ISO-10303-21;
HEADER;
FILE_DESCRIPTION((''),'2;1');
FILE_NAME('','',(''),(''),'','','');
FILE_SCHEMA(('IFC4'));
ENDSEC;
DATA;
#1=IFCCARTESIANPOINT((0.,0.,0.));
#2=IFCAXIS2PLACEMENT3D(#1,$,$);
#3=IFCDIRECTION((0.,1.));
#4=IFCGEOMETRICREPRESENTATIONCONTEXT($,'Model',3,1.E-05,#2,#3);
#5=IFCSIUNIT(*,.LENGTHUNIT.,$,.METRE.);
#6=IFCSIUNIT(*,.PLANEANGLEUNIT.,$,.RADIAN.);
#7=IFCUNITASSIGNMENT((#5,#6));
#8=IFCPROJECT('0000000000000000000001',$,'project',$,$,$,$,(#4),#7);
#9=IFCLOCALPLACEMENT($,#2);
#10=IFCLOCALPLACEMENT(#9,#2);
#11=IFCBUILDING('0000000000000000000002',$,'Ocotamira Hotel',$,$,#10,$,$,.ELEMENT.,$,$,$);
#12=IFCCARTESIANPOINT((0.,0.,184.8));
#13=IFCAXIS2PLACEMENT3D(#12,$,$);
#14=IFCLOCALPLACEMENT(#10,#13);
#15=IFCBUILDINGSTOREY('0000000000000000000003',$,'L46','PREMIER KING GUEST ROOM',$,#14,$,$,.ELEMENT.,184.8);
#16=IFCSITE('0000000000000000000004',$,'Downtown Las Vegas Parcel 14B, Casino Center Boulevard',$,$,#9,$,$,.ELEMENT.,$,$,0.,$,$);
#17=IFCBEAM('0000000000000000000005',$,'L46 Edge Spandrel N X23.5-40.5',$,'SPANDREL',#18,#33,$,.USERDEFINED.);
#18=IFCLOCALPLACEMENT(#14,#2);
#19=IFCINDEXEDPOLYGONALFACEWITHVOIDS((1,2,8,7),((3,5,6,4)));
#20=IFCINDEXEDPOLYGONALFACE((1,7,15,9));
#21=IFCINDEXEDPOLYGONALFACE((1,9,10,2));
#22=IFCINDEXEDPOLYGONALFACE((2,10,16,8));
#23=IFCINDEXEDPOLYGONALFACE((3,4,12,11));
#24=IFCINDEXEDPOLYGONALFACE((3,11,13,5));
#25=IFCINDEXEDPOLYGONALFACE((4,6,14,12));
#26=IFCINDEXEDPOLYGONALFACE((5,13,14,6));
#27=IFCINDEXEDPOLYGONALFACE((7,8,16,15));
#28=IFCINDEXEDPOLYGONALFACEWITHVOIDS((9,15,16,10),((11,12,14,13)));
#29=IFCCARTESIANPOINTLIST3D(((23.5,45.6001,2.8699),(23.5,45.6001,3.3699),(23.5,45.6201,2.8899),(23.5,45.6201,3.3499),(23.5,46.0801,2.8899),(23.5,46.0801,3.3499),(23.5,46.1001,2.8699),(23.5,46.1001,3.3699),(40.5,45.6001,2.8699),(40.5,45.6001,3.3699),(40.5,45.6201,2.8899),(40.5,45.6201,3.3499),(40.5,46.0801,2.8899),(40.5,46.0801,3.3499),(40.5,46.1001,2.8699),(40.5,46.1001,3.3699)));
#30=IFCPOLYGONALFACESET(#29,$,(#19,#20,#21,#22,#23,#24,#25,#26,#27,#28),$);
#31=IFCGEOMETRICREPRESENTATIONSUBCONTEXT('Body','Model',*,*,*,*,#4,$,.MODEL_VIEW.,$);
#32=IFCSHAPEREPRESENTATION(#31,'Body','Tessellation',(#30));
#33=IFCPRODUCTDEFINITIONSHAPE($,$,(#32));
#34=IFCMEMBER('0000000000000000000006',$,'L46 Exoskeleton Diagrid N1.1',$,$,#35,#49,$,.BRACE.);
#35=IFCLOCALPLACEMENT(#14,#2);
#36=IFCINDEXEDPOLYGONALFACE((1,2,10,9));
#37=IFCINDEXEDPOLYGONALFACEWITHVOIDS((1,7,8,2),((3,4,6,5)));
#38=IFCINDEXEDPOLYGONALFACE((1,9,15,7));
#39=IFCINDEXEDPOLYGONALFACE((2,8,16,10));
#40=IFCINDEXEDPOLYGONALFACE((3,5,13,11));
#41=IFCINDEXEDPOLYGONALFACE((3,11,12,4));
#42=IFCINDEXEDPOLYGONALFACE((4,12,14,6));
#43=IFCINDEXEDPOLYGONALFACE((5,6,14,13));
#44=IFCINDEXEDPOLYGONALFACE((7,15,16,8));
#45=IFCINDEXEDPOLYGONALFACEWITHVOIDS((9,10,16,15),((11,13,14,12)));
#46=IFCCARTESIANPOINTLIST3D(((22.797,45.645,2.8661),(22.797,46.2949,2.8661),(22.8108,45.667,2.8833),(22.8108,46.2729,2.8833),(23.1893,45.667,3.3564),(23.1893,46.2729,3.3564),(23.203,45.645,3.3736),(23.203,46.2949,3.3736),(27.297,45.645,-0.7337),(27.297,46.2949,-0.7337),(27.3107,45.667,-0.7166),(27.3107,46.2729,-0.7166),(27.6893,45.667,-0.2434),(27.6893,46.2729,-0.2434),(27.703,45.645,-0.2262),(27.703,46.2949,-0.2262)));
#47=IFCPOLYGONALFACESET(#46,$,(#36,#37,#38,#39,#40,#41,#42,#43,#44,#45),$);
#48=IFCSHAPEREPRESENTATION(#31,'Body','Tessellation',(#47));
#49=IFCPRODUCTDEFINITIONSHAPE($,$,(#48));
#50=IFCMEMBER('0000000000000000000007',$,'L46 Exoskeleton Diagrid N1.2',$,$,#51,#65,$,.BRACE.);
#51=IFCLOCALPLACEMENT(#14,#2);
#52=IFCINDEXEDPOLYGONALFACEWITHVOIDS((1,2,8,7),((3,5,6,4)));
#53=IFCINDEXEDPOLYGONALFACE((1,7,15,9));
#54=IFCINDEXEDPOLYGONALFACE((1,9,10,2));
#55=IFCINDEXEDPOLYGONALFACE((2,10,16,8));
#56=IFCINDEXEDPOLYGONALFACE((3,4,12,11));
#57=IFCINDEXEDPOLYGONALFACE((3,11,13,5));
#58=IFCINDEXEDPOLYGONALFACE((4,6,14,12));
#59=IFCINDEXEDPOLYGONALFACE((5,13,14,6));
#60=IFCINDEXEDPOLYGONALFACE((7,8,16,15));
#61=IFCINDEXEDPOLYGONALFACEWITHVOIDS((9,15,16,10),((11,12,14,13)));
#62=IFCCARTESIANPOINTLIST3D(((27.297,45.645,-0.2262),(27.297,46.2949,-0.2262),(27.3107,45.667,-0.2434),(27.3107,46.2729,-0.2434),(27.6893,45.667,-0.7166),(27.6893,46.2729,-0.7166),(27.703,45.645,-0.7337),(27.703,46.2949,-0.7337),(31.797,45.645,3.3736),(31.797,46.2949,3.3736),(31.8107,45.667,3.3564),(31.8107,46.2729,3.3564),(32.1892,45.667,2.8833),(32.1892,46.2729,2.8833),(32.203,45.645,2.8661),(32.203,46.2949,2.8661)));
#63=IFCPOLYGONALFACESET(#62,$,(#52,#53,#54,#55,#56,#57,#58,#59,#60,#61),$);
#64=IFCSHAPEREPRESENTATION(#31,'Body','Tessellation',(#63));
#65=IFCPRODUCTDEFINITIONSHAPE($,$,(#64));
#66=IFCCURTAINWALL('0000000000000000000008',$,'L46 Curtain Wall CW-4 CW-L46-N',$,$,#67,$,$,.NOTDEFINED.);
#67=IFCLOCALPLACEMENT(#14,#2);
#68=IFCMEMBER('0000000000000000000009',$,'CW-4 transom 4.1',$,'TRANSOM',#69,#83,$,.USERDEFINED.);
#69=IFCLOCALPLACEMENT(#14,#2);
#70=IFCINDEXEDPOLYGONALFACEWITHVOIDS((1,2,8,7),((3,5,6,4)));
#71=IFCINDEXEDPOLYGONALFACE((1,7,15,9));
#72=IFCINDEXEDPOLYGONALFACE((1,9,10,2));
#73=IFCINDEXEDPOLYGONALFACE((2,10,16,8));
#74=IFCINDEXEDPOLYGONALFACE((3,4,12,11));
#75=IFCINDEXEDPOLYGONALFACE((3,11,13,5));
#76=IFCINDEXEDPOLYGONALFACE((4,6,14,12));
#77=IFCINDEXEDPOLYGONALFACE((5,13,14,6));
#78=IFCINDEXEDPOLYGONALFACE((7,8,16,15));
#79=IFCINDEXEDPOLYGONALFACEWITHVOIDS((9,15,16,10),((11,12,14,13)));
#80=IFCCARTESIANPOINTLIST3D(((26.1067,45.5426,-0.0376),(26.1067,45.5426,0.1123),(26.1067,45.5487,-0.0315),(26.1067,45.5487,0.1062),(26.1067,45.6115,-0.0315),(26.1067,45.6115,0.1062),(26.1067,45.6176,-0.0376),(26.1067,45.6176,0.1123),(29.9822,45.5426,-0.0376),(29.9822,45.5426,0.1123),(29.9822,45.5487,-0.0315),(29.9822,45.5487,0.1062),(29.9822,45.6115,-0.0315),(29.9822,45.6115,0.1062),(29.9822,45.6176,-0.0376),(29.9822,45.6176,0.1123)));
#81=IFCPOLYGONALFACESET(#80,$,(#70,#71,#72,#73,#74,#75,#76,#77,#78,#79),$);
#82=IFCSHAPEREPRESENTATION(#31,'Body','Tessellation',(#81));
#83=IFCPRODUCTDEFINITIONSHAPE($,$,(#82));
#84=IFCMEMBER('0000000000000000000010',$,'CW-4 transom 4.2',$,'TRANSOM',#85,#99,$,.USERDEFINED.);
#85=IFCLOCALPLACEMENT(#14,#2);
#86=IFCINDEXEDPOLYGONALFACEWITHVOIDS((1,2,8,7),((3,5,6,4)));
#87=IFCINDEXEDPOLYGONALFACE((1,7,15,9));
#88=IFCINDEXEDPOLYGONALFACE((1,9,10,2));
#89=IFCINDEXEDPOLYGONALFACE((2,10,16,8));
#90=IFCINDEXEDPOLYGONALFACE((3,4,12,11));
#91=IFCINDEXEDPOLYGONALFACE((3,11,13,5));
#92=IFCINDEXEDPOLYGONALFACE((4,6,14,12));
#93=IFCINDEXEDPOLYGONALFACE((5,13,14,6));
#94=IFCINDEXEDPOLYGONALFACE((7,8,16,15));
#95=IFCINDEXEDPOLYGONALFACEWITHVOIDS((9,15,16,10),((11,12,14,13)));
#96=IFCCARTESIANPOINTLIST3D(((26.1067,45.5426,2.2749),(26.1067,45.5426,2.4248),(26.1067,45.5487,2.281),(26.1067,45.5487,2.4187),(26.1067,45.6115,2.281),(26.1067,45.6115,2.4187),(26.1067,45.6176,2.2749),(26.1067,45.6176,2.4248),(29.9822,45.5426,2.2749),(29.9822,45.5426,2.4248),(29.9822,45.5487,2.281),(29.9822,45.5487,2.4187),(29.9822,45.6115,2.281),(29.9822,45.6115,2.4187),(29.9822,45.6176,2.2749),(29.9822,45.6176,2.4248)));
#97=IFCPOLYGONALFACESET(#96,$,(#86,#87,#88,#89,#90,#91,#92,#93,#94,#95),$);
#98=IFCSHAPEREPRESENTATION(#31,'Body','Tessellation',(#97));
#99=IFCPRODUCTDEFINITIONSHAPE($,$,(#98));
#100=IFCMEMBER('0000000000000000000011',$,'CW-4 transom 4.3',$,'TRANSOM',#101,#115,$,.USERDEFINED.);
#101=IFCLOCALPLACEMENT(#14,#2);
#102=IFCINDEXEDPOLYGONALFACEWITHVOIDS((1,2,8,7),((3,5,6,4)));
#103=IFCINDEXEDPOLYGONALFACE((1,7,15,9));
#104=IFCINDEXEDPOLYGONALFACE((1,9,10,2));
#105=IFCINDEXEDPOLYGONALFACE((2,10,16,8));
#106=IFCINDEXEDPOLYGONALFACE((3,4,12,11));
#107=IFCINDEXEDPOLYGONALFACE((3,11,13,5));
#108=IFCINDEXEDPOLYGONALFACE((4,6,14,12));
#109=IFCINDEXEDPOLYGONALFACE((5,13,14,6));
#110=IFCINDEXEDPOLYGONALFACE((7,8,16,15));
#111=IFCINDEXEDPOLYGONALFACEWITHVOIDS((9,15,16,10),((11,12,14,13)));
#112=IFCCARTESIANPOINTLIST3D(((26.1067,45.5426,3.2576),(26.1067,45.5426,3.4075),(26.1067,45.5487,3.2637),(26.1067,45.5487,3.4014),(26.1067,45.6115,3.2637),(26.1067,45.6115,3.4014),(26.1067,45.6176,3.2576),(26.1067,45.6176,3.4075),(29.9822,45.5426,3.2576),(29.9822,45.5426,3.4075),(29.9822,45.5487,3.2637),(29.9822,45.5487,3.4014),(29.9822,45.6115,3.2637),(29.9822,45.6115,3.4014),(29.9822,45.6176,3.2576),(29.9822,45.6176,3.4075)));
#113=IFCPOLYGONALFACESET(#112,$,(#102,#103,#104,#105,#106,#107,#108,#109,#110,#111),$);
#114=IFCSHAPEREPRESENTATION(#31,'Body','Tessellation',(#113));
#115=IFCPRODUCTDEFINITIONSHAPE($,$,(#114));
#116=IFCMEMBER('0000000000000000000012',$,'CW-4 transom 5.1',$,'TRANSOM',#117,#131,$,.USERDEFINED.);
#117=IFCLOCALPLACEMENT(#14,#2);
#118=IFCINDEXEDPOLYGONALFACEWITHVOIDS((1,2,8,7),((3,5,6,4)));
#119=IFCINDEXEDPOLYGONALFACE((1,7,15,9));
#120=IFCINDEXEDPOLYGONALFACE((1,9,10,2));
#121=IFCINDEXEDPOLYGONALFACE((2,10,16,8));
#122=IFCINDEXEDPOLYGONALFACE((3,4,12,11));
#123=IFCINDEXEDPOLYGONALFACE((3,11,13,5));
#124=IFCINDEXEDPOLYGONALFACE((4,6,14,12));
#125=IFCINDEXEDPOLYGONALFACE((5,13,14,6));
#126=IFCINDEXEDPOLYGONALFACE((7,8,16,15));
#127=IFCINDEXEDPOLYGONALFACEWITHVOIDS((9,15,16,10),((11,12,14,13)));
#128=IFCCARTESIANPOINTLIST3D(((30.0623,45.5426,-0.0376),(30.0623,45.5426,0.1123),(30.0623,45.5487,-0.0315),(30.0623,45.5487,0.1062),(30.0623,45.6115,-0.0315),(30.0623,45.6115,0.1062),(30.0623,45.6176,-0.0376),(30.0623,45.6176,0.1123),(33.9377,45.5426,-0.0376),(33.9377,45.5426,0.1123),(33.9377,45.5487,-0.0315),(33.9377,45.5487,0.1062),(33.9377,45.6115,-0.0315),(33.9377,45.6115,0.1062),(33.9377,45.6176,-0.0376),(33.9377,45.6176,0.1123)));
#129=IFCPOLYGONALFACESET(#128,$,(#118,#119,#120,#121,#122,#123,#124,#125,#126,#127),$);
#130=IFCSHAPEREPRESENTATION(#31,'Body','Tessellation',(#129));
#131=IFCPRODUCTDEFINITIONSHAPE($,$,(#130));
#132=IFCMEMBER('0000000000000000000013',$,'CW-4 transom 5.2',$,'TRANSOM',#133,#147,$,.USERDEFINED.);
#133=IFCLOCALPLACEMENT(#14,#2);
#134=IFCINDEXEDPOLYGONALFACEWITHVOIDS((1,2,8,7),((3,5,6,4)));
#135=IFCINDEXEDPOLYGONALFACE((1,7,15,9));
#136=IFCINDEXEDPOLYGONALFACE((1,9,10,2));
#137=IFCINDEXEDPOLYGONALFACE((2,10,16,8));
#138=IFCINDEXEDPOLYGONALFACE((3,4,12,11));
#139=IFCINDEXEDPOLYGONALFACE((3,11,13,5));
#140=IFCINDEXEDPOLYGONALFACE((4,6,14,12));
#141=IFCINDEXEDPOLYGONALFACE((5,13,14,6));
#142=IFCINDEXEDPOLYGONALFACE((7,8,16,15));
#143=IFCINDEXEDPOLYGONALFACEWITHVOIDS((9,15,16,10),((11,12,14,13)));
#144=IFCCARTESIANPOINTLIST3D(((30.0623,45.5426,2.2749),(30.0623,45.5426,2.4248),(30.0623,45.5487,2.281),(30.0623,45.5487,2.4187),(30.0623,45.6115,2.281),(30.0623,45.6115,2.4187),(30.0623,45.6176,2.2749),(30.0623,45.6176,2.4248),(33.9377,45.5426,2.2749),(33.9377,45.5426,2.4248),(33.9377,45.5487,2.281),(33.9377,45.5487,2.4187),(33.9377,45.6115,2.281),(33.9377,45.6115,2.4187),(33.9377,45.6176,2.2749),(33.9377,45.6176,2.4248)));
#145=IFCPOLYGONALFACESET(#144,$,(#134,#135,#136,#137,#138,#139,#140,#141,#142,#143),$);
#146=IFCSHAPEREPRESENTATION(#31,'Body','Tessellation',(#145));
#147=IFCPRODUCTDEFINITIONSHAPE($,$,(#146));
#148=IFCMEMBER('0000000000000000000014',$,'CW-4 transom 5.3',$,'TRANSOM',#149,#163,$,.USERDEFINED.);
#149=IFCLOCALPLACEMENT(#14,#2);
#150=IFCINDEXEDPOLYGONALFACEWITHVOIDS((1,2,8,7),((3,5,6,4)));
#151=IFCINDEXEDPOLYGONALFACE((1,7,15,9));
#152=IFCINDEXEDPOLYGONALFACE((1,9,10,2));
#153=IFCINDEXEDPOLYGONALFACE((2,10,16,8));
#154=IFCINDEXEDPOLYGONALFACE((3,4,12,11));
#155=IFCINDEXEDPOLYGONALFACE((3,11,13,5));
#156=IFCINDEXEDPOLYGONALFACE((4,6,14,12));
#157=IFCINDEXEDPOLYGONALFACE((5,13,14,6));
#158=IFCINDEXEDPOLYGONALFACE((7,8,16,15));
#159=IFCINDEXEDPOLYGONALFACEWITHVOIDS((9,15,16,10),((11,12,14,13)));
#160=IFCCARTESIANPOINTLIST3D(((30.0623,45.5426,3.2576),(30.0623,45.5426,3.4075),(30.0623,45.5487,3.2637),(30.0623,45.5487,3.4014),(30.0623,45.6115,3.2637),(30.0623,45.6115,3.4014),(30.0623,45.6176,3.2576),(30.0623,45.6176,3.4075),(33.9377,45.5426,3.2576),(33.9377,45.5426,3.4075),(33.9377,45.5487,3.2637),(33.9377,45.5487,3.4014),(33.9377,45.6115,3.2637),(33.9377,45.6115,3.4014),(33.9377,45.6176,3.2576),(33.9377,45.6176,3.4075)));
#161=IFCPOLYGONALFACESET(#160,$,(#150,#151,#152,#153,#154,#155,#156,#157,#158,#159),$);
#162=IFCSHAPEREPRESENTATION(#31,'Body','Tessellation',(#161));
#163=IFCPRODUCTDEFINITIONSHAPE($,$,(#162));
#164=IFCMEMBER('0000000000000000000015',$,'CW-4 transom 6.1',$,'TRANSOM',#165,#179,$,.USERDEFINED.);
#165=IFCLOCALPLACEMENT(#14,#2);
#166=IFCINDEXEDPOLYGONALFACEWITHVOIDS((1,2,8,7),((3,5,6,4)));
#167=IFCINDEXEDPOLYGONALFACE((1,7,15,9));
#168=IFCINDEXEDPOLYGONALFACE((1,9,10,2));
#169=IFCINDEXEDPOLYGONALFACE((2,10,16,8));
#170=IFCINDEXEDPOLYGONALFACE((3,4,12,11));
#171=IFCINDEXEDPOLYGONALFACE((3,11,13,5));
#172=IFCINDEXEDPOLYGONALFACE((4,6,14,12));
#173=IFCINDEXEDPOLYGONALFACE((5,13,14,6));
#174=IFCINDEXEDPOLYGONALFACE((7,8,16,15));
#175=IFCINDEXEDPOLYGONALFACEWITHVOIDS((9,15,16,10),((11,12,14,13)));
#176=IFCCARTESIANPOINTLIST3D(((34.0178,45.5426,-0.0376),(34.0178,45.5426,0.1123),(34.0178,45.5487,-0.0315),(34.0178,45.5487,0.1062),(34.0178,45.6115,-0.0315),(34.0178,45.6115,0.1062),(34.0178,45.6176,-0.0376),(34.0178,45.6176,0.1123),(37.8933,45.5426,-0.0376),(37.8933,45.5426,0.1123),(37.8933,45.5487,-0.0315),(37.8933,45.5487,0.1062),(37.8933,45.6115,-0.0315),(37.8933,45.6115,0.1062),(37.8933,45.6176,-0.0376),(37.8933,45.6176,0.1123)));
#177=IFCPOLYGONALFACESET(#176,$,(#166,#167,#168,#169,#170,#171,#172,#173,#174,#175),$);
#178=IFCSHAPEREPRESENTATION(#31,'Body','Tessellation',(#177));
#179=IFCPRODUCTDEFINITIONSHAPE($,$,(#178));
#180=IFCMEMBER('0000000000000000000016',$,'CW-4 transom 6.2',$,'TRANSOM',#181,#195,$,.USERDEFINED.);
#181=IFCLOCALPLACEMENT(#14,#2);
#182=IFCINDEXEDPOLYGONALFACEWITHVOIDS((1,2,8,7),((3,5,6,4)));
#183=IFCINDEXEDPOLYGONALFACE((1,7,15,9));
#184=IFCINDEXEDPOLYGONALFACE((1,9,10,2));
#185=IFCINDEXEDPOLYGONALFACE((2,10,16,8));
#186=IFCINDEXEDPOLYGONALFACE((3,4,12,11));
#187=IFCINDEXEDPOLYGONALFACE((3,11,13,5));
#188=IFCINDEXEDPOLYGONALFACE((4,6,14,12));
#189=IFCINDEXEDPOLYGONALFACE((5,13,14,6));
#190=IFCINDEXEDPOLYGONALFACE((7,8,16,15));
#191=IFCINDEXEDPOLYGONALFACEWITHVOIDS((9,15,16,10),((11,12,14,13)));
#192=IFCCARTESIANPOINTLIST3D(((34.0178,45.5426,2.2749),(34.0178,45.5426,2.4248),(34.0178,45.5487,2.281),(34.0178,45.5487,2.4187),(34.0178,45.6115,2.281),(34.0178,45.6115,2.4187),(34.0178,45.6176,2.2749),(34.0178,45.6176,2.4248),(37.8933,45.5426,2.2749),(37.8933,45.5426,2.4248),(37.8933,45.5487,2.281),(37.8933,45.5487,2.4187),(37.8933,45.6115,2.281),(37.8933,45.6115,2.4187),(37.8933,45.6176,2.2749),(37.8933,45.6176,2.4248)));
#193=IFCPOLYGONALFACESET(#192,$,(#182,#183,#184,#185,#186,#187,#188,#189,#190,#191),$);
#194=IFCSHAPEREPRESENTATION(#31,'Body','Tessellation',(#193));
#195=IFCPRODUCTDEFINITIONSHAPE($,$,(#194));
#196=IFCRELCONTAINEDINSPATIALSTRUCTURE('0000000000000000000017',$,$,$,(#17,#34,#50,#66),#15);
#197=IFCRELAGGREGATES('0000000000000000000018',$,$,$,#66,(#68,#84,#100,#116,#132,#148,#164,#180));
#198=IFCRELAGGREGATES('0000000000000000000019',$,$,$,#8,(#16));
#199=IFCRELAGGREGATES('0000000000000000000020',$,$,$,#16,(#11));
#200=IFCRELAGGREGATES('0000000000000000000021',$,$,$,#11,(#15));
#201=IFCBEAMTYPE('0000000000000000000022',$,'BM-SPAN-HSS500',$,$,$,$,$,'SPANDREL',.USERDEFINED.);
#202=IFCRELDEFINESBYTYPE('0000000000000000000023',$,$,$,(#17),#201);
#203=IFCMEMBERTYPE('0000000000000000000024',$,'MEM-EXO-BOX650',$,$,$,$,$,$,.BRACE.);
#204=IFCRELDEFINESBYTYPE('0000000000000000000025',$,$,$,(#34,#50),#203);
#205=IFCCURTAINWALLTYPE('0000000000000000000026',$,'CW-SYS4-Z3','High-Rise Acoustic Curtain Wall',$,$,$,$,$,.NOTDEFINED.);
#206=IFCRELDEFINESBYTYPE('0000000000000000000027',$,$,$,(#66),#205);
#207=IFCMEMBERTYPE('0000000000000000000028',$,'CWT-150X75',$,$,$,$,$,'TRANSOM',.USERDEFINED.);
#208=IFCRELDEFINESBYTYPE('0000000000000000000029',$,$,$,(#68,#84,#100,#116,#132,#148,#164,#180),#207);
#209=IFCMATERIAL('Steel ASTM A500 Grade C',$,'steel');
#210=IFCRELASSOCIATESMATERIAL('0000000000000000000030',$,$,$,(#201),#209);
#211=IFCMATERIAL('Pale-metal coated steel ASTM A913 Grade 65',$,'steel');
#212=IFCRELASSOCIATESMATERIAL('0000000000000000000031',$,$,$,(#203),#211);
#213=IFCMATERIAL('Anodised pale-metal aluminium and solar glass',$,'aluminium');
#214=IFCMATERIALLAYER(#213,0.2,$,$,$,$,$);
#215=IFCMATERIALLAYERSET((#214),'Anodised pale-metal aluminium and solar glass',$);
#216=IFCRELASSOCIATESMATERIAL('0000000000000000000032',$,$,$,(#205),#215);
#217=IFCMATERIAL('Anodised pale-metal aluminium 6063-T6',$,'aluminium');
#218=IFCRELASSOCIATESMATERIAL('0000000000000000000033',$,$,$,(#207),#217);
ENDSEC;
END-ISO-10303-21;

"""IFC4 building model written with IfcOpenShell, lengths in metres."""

from ifc_helpers import new_model, si_unit, direction, frame, origin, origin_2d, place, context, subcontext, project, spatial, hollow_rectangle, extrude, source, transform, mapped, material, layer, layer_set, material_profile, profile_set, type_object, element, aggregate, save


model = new_model("IFC4")

# Units and contexts
model_context = context("Model", 3, precision=1e-05, world=origin(), true_north=direction((0.0, 1.0)))
body_context = subcontext(model_context, "Body", "Model", "MODEL_VIEW")
ifc_project = project(units=[si_unit("LENGTHUNIT", "METRE"), si_unit("PLANEANGLEUNIT", "RADIAN")], contexts=[model_context])

# Site, building, storey
site_placement = place(None, origin())
site = spatial("IfcSite", under=ifc_project, at=site_placement, Name="Downtown Las Vegas Parcel 14B, Casino Center Boulevard", CompositionType="ELEMENT", RefElevation=0.0)
building_placement = place(site_placement, origin())
building = spatial("IfcBuilding", under=site, at=building_placement, Name="Ocotamira Hotel", CompositionType="ELEMENT")
storey_placement = place(building_placement, frame((0.0, 0.0, 184.8)))
storey = spatial("IfcBuildingStorey", under=building, at=storey_placement, Name="L46", Description="PREMIER KING GUEST ROOM", CompositionType="ELEMENT", Elevation=184.8)

# Beam
ifc_material_1 = material(Name="Steel ASTM A500 Grade C", Category="steel")
ifc_material_profile_1 = material_profile(ifc_material_1, hollow_rectangle(XDim=0.5, YDim=0.5, WallThickness=0.02, at=origin_2d()), Name="HSS500X500X20")
ifc_profile_set_1 = profile_set([ifc_material_profile_1], Name="Steel ASTM A500 Grade C")
beam_type = type_object("IfcBeamType", Name="BM-SPAN-HSS500", ElementType="SPANDREL", PredefinedType="USERDEFINED", material=ifc_profile_set_1)
shared_shape_1 = source(origin(), body_context, "Body", "SweptSolid", [
    extrude(hollow_rectangle(XDim=0.5, YDim=0.5, WallThickness=0.02, at=origin_2d()), origin(), (0.0, 0.0, 1.0), 17.0),
])
beam_placement = place(storey_placement, frame((23.5, 45.8501, 3.1199), z_axis=(1.0, 0.0, 0.0), x_axis=(0.0, 1.0, 0.0)))
element("IfcBeam", 1, at=beam_placement, inside=storey, type_object=beam_type, Name="L46 Edge Spandrel N X23.5-40.5", ObjectType="SPANDREL", PredefinedType="USERDEFINED", context=body_context, shape_type="MappedRepresentation", body=[
    mapped(shared_shape_1, transform((0.0, 0.0, 0.0), scale=1.0)),
])

# Members
ifc_material_2 = material(Name="Pale-metal coated steel ASTM A913 Grade 65", Category="steel")
ifc_material_profile_2 = material_profile(ifc_material_2, hollow_rectangle(XDim=0.6499, YDim=0.6499, WallThickness=0.022, at=origin_2d()), Name="BOX650X650X22")
ifc_profile_set_2 = profile_set([ifc_material_profile_2], Name="Pale-metal coated steel ASTM A913 Grade 65")
member_type_1 = type_object("IfcMemberType", Name="MEM-EXO-BOX650", PredefinedType="BRACE", material=ifc_profile_set_2)
shared_shape_2 = source(origin(), body_context, "Body", "SweptSolid", [
    extrude(hollow_rectangle(XDim=0.6499, YDim=0.6499, WallThickness=0.022, at=origin_2d()), origin(), (0.0, 0.0, 1.0), 5.7627),
])
for number, where, z_axis, x_axis, name in (
    (2, (27.5, 45.97, -0.48), (-0.780881, 0.0, 0.62468), (0.0, -1.0, 0.0), "L46 Exoskeleton Diagrid N1.1"),
    (3, (27.5, 45.97, -0.48), (0.780881, 0.0, 0.62468), (0.0, 1.0, 0.0), "L46 Exoskeleton Diagrid N1.2"),
):
    element("IfcMember", number, at=place(storey_placement, frame(where, z_axis=z_axis, x_axis=x_axis)), inside=storey, type_object=member_type_1, Name=name, PredefinedType="BRACE", context=body_context, shape_type="MappedRepresentation", body=[
        mapped(shared_shape_2, transform((0.0, 0.0, 0.0), scale=1.0)),
    ])

# Curtain wall, members
ifc_material_3 = material(Name="Anodised pale-metal aluminium and solar glass", Category="aluminium")
ifc_layer_1 = layer(ifc_material_3, 0.2)
ifc_layer_set_1 = layer_set([ifc_layer_1], Name="Anodised pale-metal aluminium and solar glass")
curtain_wall_type = type_object("IfcCurtainWallType", Name="CW-SYS4-Z3", Description="High-Rise Acoustic Curtain Wall", PredefinedType="NOTDEFINED", material=ifc_layer_set_1)
curtain_wall_placement = place(storey_placement, origin())
curtain_wall = element("IfcCurtainWall", 4, at=curtain_wall_placement, inside=storey, type_object=curtain_wall_type, Name="L46 Curtain Wall CW-4 CW-L46-N", PredefinedType="NOTDEFINED")
ifc_material_4 = material(Name="Anodised pale-metal aluminium 6063-T6", Category="aluminium")
ifc_material_profile_3 = material_profile(ifc_material_4, hollow_rectangle(XDim=0.075, YDim=0.1499, WallThickness=0.0061, at=origin_2d()), Name="HSS150X75X6")
ifc_profile_set_3 = profile_set([ifc_material_profile_3], Name="Anodised pale-metal aluminium 6063-T6")
member_type_2 = type_object("IfcMemberType", Name="CWT-150X75", ElementType="TRANSOM", PredefinedType="USERDEFINED", material=ifc_profile_set_3)
shared_shape_3 = source(origin(), body_context, "Body", "SweptSolid", [
    extrude(hollow_rectangle(XDim=0.075, YDim=0.1499, WallThickness=0.0061, at=origin_2d()), origin(), (0.0, 0.0, 1.0), 3.8755),
])
member_1_placement = place(storey_placement, frame((26.1067, 45.5801, 0.0374), z_axis=(1.0, 0.0, 0.0), x_axis=(0.0, 1.0, 0.0)))
member_1 = element("IfcMember", 5, at=member_1_placement, type_object=member_type_2, Name="CW-4 transom 4.1", ObjectType="TRANSOM", PredefinedType="USERDEFINED", context=body_context, shape_type="MappedRepresentation", body=[
    mapped(shared_shape_3, transform((0.0, 0.0, 0.0), scale=1.0)),
])
member_2_placement = place(storey_placement, frame((26.1067, 45.5801, 2.3499), z_axis=(1.0, 0.0, 0.0), x_axis=(0.0, 1.0, 0.0)))
member_2 = element("IfcMember", 6, at=member_2_placement, type_object=member_type_2, Name="CW-4 transom 4.2", ObjectType="TRANSOM", PredefinedType="USERDEFINED", context=body_context, shape_type="MappedRepresentation", body=[
    mapped(shared_shape_3, transform((0.0, 0.0, 0.0), scale=1.0)),
])
member_3_placement = place(storey_placement, frame((26.1067, 45.5801, 3.3325), z_axis=(1.0, 0.0, 0.0), x_axis=(0.0, 1.0, 0.0)))
member_3 = element("IfcMember", 7, at=member_3_placement, type_object=member_type_2, Name="CW-4 transom 4.3", ObjectType="TRANSOM", PredefinedType="USERDEFINED", context=body_context, shape_type="MappedRepresentation", body=[
    mapped(shared_shape_3, transform((0.0, 0.0, 0.0), scale=1.0)),
])
member_4_placement = place(storey_placement, frame((30.0623, 45.5801, 0.0374), z_axis=(1.0, 0.0, 0.0), x_axis=(0.0, 1.0, 0.0)))
member_4 = element("IfcMember", 8, at=member_4_placement, type_object=member_type_2, Name="CW-4 transom 5.1", ObjectType="TRANSOM", PredefinedType="USERDEFINED", context=body_context, shape_type="MappedRepresentation", body=[
    mapped(shared_shape_3, transform((0.0, 0.0, 0.0), scale=1.0)),
])
member_5_placement = place(storey_placement, frame((30.0623, 45.5801, 2.3499), z_axis=(1.0, 0.0, 0.0), x_axis=(0.0, 1.0, 0.0)))
member_5 = element("IfcMember", 9, at=member_5_placement, type_object=member_type_2, Name="CW-4 transom 5.2", ObjectType="TRANSOM", PredefinedType="USERDEFINED", context=body_context, shape_type="MappedRepresentation", body=[
    mapped(shared_shape_3, transform((0.0, 0.0, 0.0), scale=1.0)),
])
member_6_placement = place(storey_placement, frame((30.0623, 45.5801, 3.3325), z_axis=(1.0, 0.0, 0.0), x_axis=(0.0, 1.0, 0.0)))
member_6 = element("IfcMember", 10, at=member_6_placement, type_object=member_type_2, Name="CW-4 transom 5.3", ObjectType="TRANSOM", PredefinedType="USERDEFINED", context=body_context, shape_type="MappedRepresentation", body=[
    mapped(shared_shape_3, transform((0.0, 0.0, 0.0), scale=1.0)),
])
member_7_placement = place(storey_placement, frame((34.0178, 45.5801, 0.0374), z_axis=(1.0, 0.0, 0.0), x_axis=(0.0, 1.0, 0.0)))
member_7 = element("IfcMember", 11, at=member_7_placement, type_object=member_type_2, Name="CW-4 transom 6.1", ObjectType="TRANSOM", PredefinedType="USERDEFINED", context=body_context, shape_type="MappedRepresentation", body=[
    mapped(shared_shape_3, transform((0.0, 0.0, 0.0), scale=1.0)),
])
member_8_placement = place(storey_placement, frame((34.0178, 45.5801, 2.3499), z_axis=(1.0, 0.0, 0.0), x_axis=(0.0, 1.0, 0.0)))
member_8 = element("IfcMember", 12, at=member_8_placement, type_object=member_type_2, Name="CW-4 transom 6.2", ObjectType="TRANSOM", PredefinedType="USERDEFINED", context=body_context, shape_type="MappedRepresentation", body=[
    mapped(shared_shape_3, transform((0.0, 0.0, 0.0), scale=1.0)),
])

aggregate(curtain_wall, [member_1, member_2, member_3, member_4, member_5, member_6, member_7, member_8])

save(model, "model.ifc")
